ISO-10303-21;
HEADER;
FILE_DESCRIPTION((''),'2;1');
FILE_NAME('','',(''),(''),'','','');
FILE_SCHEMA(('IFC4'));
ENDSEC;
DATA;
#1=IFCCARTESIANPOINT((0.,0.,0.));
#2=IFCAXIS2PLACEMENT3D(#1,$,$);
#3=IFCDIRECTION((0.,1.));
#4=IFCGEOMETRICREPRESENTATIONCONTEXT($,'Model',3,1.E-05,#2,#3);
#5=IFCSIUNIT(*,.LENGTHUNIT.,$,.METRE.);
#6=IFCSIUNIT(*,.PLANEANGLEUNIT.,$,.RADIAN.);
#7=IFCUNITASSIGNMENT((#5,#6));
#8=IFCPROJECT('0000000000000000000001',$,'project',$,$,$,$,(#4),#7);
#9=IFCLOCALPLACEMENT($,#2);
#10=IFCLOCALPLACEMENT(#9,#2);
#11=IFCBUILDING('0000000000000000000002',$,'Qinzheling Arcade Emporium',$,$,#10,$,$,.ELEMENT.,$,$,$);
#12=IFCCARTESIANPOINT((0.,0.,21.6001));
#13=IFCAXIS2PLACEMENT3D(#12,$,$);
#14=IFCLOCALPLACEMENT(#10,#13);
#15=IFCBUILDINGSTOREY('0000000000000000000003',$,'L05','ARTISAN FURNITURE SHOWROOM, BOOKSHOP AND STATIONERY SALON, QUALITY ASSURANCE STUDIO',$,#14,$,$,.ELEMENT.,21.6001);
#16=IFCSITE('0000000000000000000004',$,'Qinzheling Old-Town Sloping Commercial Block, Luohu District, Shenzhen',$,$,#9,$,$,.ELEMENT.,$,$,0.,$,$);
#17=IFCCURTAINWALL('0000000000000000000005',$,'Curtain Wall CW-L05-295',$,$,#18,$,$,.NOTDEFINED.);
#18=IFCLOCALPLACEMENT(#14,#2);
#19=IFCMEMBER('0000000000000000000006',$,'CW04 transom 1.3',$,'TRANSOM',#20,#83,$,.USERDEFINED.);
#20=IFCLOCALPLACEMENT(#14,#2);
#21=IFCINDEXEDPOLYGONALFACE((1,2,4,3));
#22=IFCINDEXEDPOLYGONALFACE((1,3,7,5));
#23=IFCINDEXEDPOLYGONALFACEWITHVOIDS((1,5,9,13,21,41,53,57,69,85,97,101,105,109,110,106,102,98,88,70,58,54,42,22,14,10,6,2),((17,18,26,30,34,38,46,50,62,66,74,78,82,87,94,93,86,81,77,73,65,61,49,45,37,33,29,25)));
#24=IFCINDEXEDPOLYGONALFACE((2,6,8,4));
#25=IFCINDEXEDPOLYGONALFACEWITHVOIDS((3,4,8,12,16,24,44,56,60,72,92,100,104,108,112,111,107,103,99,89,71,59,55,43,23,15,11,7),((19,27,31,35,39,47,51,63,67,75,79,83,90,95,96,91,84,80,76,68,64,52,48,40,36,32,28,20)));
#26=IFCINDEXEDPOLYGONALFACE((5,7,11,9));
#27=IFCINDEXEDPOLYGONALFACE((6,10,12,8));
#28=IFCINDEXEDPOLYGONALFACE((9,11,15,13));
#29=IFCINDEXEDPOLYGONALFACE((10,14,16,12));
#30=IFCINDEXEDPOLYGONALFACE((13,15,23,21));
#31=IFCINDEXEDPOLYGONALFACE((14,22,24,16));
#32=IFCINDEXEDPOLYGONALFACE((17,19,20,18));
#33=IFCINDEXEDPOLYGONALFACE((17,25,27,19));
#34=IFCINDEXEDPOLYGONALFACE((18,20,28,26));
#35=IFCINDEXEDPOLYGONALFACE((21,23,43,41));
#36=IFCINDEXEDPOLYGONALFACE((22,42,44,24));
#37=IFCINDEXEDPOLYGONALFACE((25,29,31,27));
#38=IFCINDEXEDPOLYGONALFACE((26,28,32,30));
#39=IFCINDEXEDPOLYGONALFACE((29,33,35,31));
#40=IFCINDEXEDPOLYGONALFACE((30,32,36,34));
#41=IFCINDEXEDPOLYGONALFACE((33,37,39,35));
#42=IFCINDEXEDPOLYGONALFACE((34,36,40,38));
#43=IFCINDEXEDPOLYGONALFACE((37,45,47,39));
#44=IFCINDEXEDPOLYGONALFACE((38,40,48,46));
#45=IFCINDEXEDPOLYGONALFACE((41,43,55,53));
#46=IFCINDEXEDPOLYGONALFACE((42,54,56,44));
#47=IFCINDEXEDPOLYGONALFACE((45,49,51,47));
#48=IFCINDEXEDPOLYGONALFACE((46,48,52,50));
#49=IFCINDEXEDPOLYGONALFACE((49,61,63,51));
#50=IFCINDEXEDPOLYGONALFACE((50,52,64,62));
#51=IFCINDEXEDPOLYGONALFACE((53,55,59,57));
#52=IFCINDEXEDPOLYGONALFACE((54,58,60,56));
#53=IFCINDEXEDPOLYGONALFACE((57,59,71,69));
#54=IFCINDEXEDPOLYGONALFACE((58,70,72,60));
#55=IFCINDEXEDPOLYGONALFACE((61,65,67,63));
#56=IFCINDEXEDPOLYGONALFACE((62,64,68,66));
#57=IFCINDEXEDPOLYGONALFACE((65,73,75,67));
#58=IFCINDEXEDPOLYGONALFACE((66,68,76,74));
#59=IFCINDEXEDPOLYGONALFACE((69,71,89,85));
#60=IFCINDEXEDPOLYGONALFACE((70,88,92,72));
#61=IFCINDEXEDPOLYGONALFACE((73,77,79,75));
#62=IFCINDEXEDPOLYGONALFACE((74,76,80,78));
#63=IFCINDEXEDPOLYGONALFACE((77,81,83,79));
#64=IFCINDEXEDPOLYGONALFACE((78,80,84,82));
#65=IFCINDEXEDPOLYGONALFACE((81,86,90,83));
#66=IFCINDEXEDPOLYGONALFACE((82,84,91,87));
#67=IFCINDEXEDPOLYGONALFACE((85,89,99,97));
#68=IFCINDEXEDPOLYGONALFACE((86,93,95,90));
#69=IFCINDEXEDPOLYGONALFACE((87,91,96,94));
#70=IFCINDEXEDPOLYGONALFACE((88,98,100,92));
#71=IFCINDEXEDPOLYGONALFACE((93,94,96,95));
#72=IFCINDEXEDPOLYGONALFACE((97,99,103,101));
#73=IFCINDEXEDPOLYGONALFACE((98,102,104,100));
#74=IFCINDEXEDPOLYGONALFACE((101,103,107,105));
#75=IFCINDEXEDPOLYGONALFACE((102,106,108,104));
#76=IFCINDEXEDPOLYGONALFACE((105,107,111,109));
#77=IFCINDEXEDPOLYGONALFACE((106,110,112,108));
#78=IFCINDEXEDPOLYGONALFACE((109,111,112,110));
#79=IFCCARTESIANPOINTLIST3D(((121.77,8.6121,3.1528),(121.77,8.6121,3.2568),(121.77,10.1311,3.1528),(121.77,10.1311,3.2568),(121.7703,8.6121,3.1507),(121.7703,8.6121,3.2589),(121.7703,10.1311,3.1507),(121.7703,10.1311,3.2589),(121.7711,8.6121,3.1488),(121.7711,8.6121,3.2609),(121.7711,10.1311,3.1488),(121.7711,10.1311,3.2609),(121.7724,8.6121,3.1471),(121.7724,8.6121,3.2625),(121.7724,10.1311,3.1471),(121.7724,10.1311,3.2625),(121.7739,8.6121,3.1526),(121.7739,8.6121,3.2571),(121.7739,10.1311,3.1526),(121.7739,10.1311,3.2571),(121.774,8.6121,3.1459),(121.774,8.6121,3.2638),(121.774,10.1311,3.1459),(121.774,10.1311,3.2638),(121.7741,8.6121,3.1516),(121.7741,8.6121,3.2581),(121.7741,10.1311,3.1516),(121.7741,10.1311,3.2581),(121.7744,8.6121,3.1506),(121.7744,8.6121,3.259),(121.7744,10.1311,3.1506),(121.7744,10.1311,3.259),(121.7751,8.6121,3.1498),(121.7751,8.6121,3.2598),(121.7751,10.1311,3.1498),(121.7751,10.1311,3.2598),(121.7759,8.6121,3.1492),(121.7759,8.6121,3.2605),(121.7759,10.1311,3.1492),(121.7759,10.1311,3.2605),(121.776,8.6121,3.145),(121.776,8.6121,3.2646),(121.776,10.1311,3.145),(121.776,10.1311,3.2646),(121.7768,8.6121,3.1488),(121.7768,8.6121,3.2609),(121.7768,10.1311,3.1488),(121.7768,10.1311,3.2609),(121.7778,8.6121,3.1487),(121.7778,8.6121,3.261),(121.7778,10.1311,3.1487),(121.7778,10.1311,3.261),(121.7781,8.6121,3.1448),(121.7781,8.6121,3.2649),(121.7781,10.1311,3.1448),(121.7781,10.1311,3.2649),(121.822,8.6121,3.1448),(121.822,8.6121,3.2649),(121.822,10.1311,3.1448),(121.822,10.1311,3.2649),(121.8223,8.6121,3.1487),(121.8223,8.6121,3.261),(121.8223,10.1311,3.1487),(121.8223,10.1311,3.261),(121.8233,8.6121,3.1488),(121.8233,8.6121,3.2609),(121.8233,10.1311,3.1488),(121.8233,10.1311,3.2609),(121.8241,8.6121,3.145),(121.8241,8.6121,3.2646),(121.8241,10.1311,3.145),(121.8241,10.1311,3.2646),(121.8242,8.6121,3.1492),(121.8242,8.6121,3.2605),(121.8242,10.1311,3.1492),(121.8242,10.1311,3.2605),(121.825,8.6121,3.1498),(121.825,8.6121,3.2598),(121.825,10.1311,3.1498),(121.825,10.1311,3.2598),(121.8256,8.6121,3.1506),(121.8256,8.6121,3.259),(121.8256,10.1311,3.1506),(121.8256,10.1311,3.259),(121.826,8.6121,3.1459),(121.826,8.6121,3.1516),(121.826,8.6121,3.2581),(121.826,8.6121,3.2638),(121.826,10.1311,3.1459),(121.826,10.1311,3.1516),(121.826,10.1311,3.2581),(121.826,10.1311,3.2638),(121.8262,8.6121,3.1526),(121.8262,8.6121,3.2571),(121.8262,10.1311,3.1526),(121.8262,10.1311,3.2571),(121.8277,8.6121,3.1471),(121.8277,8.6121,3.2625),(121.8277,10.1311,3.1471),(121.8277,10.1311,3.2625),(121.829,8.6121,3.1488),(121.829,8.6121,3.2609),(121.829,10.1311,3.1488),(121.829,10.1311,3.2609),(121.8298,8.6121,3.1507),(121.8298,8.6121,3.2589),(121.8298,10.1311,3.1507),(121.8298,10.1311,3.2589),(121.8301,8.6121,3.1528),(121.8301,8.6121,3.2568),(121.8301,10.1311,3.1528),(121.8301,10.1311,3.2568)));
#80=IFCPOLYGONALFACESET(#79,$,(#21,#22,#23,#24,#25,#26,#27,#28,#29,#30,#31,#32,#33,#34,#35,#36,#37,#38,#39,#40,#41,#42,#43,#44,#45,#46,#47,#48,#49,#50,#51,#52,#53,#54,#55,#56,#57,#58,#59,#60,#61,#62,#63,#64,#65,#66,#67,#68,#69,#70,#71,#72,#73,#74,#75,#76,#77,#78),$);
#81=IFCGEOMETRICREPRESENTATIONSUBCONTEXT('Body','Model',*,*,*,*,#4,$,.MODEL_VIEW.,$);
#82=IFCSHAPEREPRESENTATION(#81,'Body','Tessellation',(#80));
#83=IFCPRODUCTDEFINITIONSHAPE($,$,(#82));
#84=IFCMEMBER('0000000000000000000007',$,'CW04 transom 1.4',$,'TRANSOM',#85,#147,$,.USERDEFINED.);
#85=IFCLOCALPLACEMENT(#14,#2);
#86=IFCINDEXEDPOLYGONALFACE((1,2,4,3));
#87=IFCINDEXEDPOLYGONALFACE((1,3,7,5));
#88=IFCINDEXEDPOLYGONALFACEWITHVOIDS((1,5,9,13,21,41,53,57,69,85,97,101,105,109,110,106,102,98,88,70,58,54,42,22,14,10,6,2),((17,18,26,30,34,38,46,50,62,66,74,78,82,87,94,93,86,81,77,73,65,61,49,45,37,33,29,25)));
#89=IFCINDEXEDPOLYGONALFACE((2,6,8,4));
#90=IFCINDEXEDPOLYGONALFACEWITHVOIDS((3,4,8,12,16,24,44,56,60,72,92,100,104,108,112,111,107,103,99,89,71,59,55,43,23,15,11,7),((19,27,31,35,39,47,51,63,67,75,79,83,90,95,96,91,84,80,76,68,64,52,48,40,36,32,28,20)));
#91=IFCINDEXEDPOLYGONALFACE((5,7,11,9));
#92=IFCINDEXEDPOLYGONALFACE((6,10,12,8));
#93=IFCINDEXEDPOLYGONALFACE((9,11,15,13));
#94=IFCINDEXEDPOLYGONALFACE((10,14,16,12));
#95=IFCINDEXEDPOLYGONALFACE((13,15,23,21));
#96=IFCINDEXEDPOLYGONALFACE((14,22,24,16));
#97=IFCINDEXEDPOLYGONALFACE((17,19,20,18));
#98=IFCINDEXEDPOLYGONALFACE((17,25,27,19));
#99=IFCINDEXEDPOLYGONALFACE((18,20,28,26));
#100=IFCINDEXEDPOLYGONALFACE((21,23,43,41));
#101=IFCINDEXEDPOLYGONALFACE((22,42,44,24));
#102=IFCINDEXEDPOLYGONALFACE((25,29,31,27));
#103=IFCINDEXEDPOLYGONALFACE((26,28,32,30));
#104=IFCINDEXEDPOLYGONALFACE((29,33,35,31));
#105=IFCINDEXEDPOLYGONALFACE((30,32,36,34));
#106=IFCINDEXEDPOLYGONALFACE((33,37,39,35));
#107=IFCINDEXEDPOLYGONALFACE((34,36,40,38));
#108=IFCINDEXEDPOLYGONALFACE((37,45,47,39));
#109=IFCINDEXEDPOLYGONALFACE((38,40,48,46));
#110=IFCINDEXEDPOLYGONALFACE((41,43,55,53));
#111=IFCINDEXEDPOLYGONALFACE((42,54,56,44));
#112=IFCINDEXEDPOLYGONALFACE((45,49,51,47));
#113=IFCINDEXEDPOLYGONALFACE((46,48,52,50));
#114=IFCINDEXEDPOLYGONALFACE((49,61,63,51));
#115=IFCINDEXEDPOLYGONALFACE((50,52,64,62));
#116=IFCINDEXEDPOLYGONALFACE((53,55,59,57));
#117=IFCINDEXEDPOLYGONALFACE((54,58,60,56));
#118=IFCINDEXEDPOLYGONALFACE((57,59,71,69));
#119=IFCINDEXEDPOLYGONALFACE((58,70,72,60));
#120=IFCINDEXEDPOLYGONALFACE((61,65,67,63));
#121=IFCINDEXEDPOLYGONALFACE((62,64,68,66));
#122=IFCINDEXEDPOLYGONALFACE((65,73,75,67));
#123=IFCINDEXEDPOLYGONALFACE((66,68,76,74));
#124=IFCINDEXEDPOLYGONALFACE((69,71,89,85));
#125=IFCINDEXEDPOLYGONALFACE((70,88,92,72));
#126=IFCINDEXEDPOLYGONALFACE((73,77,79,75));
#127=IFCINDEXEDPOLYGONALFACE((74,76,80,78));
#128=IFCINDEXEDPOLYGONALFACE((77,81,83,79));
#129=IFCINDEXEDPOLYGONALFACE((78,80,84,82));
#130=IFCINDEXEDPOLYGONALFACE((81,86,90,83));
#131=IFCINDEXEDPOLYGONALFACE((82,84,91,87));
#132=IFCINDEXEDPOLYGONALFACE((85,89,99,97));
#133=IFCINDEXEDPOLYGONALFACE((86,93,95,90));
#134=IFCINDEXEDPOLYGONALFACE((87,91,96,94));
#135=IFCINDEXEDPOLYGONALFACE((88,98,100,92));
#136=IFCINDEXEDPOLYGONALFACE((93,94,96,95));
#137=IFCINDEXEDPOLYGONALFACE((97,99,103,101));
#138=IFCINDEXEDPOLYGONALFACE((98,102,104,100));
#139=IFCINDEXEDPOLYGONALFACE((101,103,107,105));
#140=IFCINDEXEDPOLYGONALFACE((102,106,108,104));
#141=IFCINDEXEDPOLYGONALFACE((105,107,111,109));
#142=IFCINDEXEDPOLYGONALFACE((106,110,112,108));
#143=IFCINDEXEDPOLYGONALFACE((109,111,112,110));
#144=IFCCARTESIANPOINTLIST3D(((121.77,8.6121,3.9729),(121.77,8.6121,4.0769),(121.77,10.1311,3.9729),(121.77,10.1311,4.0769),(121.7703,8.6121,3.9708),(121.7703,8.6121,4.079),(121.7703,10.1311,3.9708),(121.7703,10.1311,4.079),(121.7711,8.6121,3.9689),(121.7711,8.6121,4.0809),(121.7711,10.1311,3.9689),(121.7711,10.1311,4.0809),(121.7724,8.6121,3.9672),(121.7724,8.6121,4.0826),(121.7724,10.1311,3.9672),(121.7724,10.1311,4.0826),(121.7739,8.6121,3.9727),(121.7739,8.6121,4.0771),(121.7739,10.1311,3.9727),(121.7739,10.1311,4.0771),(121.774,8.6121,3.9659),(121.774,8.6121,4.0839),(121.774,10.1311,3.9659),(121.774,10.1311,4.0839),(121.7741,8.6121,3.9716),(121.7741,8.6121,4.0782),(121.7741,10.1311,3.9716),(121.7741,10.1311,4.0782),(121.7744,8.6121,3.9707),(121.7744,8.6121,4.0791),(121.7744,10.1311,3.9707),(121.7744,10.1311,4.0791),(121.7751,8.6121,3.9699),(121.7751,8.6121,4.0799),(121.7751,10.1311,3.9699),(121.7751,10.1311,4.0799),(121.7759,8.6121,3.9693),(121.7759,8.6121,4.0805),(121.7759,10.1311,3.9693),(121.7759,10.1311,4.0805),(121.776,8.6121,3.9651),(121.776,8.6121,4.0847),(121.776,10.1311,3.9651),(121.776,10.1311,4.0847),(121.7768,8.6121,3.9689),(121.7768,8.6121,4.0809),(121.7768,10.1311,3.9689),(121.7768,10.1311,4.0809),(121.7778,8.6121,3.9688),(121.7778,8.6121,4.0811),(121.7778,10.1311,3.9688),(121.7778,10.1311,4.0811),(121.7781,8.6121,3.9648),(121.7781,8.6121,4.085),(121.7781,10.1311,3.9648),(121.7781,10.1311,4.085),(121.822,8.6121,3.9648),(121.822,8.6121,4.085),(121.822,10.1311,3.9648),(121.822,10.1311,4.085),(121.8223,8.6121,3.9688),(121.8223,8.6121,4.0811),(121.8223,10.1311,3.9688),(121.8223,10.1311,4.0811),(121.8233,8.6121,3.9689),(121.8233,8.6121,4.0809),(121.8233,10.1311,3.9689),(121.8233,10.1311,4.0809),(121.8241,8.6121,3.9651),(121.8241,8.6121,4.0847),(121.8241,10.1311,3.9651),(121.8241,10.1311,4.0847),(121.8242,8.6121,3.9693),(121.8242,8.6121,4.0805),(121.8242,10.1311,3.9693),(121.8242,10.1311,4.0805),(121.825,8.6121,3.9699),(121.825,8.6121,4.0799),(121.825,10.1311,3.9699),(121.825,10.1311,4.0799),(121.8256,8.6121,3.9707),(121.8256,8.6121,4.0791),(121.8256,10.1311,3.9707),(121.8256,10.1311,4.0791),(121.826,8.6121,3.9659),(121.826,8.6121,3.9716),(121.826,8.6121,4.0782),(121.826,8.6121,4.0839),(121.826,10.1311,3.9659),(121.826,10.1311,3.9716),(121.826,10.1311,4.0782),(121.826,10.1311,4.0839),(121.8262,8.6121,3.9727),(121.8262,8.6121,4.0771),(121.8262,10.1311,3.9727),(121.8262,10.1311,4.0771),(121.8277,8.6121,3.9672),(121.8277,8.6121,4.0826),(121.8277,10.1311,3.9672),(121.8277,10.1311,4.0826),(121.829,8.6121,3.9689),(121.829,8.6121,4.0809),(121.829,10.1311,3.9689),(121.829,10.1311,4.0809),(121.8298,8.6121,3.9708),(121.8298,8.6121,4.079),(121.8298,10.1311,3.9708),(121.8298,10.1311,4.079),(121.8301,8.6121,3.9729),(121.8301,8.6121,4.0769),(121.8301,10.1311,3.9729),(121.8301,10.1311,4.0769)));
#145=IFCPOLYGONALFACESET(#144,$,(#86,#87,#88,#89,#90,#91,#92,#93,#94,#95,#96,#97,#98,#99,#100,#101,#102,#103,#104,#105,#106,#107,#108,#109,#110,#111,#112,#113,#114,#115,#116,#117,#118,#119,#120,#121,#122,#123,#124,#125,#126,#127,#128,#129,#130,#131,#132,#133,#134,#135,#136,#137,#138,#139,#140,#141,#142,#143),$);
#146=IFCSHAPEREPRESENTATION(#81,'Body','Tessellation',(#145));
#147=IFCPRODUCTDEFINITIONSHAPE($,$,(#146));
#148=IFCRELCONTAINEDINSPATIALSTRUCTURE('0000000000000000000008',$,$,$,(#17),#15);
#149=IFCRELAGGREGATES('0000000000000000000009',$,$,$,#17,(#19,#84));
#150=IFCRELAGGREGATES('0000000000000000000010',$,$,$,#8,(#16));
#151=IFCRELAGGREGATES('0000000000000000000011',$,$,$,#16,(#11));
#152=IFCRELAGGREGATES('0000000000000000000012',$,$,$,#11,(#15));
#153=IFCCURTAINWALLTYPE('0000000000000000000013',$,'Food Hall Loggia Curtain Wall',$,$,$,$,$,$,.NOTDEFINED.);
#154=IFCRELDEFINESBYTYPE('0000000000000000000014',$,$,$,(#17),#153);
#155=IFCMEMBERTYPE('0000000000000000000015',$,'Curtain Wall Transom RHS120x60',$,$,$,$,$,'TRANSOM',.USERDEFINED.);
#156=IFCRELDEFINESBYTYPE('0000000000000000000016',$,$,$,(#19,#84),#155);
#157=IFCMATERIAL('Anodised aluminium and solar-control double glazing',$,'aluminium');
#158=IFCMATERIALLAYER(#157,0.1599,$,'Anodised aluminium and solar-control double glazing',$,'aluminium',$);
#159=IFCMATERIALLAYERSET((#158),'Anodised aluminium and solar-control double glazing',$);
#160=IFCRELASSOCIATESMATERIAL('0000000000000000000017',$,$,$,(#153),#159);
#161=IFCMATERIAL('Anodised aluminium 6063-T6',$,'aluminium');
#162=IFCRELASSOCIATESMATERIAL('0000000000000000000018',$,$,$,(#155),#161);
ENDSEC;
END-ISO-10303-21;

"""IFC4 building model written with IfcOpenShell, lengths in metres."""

from ifc_helpers import new_model, si_unit, direction, frame, origin, origin_2d, place, context, subcontext, project, spatial, hollow_rectangle, extrude, material, layer, layer_set, material_profile, profile_set, type_object, element, aggregate, save


model = new_model("IFC4")

# Units and contexts
model_context = context("Model", 3, precision=1e-05, world=origin(), true_north=direction((0.0, 1.0)))
body_context = subcontext(model_context, "Body", "Model", "MODEL_VIEW")
ifc_project = project(units=[si_unit("LENGTHUNIT", "METRE"), si_unit("PLANEANGLEUNIT", "RADIAN")], contexts=[model_context])

# Site, building, storey
site_placement = place(None, origin())
site = spatial("IfcSite", under=ifc_project, at=site_placement, Name="Qinzheling Old-Town Sloping Commercial Block, Luohu District, Shenzhen", CompositionType="ELEMENT", RefElevation=0.0)
building_placement = place(site_placement, origin())
building = spatial("IfcBuilding", under=site, at=building_placement, Name="Qinzheling Arcade Emporium", CompositionType="ELEMENT")
storey_placement = place(building_placement, frame((0.0, 0.0, 21.6001)))
storey = spatial("IfcBuildingStorey", under=building, at=storey_placement, Name="L05", Description="ARTISAN FURNITURE SHOWROOM, BOOKSHOP AND STATIONERY SALON, QUALITY ASSURANCE STUDIO", CompositionType="ELEMENT", Elevation=21.6001)

# Curtain wall, members
ifc_material_1 = material(Name="Anodised aluminium and solar-control double glazing", Category="aluminium")
ifc_layer_1 = layer(ifc_material_1, 0.1599, Name="Anodised aluminium and solar-control double glazing", Category="aluminium")
ifc_layer_set_1 = layer_set([ifc_layer_1], Name="Anodised aluminium and solar-control double glazing")
curtain_wall_type = type_object("IfcCurtainWallType", Name="Food Hall Loggia Curtain Wall", PredefinedType="NOTDEFINED", material=ifc_layer_set_1)
curtain_wall_placement = place(storey_placement, origin())
curtain_wall = element("IfcCurtainWall", 1, at=curtain_wall_placement, inside=storey, type_object=curtain_wall_type, Name="Curtain Wall CW-L05-295", PredefinedType="NOTDEFINED")
ifc_material_2 = material(Name="Anodised aluminium 6063-T6", Category="aluminium")
ifc_material_profile_1 = material_profile(ifc_material_2, hollow_rectangle(XDim=0.0601, YDim=0.1201, WallThickness=0.0039, InnerFilletRadius=0.0039, OuterFilletRadius=0.0081, at=origin_2d()), Name="RHS 120x60x4", Category="aluminium")
ifc_profile_set_1 = profile_set([ifc_material_profile_1], Name="Anodised aluminium 6063-T6")
member_type_1 = type_object("IfcMemberType", Name="Curtain Wall Transom RHS120x60", ElementType="TRANSOM", PredefinedType="USERDEFINED", material=ifc_profile_set_1)
member_1_placement = place(storey_placement, frame((121.8, 8.6121, 3.2048), z_axis=(0.0, 1.0, 0.0), x_axis=(-1.0, 0.0, 0.0)))
member_1 = element("IfcMember", 2, at=member_1_placement, type_object=member_type_1, Name="CW04 transom 1.3", ObjectType="TRANSOM", PredefinedType="USERDEFINED", context=body_context, shape_type="SweptSolid", body=[
    extrude(hollow_rectangle(XDim=0.0601, YDim=0.1201, WallThickness=0.0039, InnerFilletRadius=0.0039, OuterFilletRadius=0.0081, at=origin_2d()), origin(), (0.0, 0.0, 1.0), 1.519),
])
member_2_placement = place(storey_placement, frame((121.8, 8.6121, 4.0249), z_axis=(0.0, 1.0, 0.0), x_axis=(-1.0, 0.0, 0.0)))
member_2 = element("IfcMember", 3, at=member_2_placement, type_object=member_type_1, Name="CW04 transom 1.4", ObjectType="TRANSOM", PredefinedType="USERDEFINED", context=body_context, shape_type="SweptSolid", body=[
    extrude(hollow_rectangle(XDim=0.0601, YDim=0.1201, WallThickness=0.0039, InnerFilletRadius=0.0039, OuterFilletRadius=0.0081, at=origin_2d()), origin(), (0.0, 0.0, 1.0), 1.519),
])

aggregate(curtain_wall, [member_1, member_2])

save(model, "model.ifc")
